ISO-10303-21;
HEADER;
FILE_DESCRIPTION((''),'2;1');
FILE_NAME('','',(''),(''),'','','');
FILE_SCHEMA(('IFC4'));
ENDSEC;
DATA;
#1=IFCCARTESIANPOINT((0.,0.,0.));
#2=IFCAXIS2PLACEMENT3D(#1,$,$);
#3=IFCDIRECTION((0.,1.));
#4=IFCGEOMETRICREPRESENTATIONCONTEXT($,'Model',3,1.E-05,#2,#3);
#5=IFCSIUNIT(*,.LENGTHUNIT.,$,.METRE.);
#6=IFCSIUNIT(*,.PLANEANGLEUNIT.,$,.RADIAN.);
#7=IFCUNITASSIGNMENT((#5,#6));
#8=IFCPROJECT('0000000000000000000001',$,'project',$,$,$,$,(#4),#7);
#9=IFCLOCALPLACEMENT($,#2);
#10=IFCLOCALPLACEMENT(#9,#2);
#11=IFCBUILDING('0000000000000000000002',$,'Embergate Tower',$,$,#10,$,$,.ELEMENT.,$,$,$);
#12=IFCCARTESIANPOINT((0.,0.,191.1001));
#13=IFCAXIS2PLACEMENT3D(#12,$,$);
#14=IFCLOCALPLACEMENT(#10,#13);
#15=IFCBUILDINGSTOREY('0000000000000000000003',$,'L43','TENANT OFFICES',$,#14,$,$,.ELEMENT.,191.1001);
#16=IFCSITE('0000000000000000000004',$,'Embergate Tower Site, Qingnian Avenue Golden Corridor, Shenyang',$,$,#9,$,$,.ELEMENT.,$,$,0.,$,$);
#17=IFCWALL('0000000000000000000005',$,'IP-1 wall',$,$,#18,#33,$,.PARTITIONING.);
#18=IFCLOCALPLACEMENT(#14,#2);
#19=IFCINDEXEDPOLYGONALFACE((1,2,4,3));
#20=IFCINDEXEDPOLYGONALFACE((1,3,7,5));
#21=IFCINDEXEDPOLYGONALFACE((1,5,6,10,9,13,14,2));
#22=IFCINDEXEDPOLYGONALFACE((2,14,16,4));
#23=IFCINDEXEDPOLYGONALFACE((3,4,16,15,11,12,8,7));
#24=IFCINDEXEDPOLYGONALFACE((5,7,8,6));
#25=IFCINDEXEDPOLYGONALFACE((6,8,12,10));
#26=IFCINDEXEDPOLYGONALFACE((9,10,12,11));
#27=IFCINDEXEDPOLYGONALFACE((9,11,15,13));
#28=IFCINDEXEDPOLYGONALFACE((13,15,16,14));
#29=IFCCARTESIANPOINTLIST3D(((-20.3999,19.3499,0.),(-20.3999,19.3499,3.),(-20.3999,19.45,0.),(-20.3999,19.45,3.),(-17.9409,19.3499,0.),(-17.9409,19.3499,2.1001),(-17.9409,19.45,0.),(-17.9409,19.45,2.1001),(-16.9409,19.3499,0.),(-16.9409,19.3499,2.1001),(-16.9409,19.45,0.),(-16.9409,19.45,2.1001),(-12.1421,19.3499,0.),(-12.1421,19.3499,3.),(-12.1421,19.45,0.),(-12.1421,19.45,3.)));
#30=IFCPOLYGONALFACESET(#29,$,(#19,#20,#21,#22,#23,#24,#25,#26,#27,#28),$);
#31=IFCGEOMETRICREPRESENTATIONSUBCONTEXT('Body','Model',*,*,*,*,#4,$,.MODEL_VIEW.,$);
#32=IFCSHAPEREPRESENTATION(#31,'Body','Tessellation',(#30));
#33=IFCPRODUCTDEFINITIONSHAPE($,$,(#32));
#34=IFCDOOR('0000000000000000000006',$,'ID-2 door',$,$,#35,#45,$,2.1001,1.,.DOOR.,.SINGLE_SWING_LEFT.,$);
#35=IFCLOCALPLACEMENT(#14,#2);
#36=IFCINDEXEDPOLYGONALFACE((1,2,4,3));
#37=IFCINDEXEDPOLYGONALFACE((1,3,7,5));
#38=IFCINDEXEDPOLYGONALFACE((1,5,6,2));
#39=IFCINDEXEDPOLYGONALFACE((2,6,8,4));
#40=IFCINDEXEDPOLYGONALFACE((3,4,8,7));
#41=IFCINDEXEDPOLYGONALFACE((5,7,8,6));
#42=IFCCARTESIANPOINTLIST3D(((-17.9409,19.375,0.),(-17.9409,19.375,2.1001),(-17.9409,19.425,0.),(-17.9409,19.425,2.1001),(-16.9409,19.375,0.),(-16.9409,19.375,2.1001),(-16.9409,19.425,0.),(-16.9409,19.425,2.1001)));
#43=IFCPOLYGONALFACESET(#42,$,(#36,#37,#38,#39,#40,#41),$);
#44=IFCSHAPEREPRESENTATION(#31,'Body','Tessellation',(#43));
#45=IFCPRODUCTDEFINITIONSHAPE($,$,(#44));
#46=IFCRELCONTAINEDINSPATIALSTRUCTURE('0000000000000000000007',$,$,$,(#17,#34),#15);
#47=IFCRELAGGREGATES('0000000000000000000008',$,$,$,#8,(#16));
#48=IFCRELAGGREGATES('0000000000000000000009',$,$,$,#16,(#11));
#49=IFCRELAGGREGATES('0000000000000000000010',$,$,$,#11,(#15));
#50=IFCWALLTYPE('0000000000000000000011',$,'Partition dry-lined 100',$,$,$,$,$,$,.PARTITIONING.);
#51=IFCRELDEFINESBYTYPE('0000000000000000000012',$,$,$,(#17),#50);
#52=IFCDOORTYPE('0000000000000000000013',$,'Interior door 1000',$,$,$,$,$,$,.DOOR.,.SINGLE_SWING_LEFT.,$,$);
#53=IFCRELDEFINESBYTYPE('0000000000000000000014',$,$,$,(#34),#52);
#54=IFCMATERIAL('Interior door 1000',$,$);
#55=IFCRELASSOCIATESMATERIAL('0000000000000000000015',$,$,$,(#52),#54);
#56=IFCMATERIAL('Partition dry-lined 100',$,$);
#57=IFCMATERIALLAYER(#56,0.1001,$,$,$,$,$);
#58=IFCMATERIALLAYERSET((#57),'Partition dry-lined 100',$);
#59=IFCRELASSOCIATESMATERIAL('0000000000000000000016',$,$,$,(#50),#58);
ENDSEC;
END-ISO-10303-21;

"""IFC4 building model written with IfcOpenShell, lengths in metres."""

from ifc_helpers import new_model, si_unit, direction, frame, frame_2d, origin, place, context, subcontext, project, spatial, rectangle, extrude, source, transform, mapped, material, layer, layer_set, type_object, element, fill, save


model = new_model("IFC4")

# Units and contexts
model_context = context("Model", 3, precision=1e-05, world=origin(), true_north=direction((0.0, 1.0)))
body_context = subcontext(model_context, "Body", "Model", "MODEL_VIEW")
ifc_project = project(units=[si_unit("LENGTHUNIT", "METRE"), si_unit("PLANEANGLEUNIT", "RADIAN")], contexts=[model_context])

# Site, building, storey
site_placement = place(None, origin())
site = spatial("IfcSite", under=ifc_project, at=site_placement, Name="Embergate Tower Site, Qingnian Avenue Golden Corridor, Shenyang", CompositionType="ELEMENT", RefElevation=0.0)
building_placement = place(site_placement, origin())
building = spatial("IfcBuilding", under=site, at=building_placement, Name="Embergate Tower", CompositionType="ELEMENT")
storey_placement = place(building_placement, frame((0.0, 0.0, 191.1001)))
storey = spatial("IfcBuildingStorey", under=building, at=storey_placement, Name="L43", Description="TENANT OFFICES", CompositionType="ELEMENT", Elevation=191.1001)

# Shared definitions
ifc_material_1 = material(Name="Interior door 1000")
door_type_1 = type_object("IfcDoorType", Name="Interior door 1000", OperationType="SINGLE_SWING_LEFT", PredefinedType="DOOR", material=ifc_material_1)
shared_shape_1 = source(origin(), body_context, "Body", "SweptSolid", [
    extrude(rectangle(XDim=1.0, YDim=2.1001, at=frame_2d((0.5, 1.05))), frame((0.0, 0.0249, 0.0), z_axis=(0.0, -1.0, 0.0), x_axis=(1.0, 0.0, 0.0)), (0.0, 0.0, 1.0), 0.05),
])

# Shared definitions
ifc_material_2 = material(Name="Partition dry-lined 100")
ifc_layer_1 = layer(ifc_material_2, 0.1001)
ifc_layer_set_1 = layer_set([ifc_layer_1], Name="Partition dry-lined 100")
wall_type_1 = type_object("IfcWallType", Name="Partition dry-lined 100", PredefinedType="PARTITIONING", material=ifc_layer_set_1)

# Wall, opening, door
shared_shape_2 = source(origin(), body_context, "Body", "SweptSolid", [
    extrude(rectangle(XDim=8.2578, YDim=0.1001, at=frame_2d((4.1289, 0.0))), origin(), (0.0, 0.0, 1.0), 3.0),
])
wall_1_placement = place(storey_placement, frame((-12.1421, 19.3999, 0.0), z_axis=(0.0, 0.0, 1.0), x_axis=(-1.0, 0.0, 0.0)))
wall_1 = element("IfcWall", 1, at=wall_1_placement, inside=storey, type_object=wall_type_1, Name="IP-1 wall", PredefinedType="PARTITIONING", context=body_context, shape_type="MappedRepresentation", body=[
    mapped(shared_shape_2, transform((0.0, 0.0, 0.0))),
])
shared_shape_3 = source(origin(), body_context, "Body", "SweptSolid", [
    extrude(rectangle(XDim=1.0, YDim=2.1001, at=frame_2d((0.5, 1.05))), frame((0.0, 0.0601, 0.0), z_axis=(0.0, -1.0, 0.0), x_axis=(1.0, 0.0, 0.0)), (0.0, 0.0, 1.0), 0.1201),
])
opening_1_placement = place(wall_1_placement, frame((4.7988, 0.0, 0.0)))
opening_1 = element("IfcOpeningElement", 2, at=opening_1_placement, cuts=wall_1, PredefinedType="OPENING", context=body_context, shape_type="MappedRepresentation", body=[
    mapped(shared_shape_3, transform((0.0, 0.0, 0.0))),
])
door_1_placement = place(opening_1_placement, origin())
door_1 = element("IfcDoor", 3, at=door_1_placement, inside=storey, type_object=door_type_1, Name="ID-2 door", OperationType="SINGLE_SWING_LEFT", OverallHeight=2.1001, OverallWidth=1.0, PredefinedType="DOOR", context=body_context, shape_type="MappedRepresentation", body=[
    mapped(shared_shape_1, transform((0.0, 0.0, 0.0))),
])
fill(opening_1, door_1)

save(model, "model.ifc")
